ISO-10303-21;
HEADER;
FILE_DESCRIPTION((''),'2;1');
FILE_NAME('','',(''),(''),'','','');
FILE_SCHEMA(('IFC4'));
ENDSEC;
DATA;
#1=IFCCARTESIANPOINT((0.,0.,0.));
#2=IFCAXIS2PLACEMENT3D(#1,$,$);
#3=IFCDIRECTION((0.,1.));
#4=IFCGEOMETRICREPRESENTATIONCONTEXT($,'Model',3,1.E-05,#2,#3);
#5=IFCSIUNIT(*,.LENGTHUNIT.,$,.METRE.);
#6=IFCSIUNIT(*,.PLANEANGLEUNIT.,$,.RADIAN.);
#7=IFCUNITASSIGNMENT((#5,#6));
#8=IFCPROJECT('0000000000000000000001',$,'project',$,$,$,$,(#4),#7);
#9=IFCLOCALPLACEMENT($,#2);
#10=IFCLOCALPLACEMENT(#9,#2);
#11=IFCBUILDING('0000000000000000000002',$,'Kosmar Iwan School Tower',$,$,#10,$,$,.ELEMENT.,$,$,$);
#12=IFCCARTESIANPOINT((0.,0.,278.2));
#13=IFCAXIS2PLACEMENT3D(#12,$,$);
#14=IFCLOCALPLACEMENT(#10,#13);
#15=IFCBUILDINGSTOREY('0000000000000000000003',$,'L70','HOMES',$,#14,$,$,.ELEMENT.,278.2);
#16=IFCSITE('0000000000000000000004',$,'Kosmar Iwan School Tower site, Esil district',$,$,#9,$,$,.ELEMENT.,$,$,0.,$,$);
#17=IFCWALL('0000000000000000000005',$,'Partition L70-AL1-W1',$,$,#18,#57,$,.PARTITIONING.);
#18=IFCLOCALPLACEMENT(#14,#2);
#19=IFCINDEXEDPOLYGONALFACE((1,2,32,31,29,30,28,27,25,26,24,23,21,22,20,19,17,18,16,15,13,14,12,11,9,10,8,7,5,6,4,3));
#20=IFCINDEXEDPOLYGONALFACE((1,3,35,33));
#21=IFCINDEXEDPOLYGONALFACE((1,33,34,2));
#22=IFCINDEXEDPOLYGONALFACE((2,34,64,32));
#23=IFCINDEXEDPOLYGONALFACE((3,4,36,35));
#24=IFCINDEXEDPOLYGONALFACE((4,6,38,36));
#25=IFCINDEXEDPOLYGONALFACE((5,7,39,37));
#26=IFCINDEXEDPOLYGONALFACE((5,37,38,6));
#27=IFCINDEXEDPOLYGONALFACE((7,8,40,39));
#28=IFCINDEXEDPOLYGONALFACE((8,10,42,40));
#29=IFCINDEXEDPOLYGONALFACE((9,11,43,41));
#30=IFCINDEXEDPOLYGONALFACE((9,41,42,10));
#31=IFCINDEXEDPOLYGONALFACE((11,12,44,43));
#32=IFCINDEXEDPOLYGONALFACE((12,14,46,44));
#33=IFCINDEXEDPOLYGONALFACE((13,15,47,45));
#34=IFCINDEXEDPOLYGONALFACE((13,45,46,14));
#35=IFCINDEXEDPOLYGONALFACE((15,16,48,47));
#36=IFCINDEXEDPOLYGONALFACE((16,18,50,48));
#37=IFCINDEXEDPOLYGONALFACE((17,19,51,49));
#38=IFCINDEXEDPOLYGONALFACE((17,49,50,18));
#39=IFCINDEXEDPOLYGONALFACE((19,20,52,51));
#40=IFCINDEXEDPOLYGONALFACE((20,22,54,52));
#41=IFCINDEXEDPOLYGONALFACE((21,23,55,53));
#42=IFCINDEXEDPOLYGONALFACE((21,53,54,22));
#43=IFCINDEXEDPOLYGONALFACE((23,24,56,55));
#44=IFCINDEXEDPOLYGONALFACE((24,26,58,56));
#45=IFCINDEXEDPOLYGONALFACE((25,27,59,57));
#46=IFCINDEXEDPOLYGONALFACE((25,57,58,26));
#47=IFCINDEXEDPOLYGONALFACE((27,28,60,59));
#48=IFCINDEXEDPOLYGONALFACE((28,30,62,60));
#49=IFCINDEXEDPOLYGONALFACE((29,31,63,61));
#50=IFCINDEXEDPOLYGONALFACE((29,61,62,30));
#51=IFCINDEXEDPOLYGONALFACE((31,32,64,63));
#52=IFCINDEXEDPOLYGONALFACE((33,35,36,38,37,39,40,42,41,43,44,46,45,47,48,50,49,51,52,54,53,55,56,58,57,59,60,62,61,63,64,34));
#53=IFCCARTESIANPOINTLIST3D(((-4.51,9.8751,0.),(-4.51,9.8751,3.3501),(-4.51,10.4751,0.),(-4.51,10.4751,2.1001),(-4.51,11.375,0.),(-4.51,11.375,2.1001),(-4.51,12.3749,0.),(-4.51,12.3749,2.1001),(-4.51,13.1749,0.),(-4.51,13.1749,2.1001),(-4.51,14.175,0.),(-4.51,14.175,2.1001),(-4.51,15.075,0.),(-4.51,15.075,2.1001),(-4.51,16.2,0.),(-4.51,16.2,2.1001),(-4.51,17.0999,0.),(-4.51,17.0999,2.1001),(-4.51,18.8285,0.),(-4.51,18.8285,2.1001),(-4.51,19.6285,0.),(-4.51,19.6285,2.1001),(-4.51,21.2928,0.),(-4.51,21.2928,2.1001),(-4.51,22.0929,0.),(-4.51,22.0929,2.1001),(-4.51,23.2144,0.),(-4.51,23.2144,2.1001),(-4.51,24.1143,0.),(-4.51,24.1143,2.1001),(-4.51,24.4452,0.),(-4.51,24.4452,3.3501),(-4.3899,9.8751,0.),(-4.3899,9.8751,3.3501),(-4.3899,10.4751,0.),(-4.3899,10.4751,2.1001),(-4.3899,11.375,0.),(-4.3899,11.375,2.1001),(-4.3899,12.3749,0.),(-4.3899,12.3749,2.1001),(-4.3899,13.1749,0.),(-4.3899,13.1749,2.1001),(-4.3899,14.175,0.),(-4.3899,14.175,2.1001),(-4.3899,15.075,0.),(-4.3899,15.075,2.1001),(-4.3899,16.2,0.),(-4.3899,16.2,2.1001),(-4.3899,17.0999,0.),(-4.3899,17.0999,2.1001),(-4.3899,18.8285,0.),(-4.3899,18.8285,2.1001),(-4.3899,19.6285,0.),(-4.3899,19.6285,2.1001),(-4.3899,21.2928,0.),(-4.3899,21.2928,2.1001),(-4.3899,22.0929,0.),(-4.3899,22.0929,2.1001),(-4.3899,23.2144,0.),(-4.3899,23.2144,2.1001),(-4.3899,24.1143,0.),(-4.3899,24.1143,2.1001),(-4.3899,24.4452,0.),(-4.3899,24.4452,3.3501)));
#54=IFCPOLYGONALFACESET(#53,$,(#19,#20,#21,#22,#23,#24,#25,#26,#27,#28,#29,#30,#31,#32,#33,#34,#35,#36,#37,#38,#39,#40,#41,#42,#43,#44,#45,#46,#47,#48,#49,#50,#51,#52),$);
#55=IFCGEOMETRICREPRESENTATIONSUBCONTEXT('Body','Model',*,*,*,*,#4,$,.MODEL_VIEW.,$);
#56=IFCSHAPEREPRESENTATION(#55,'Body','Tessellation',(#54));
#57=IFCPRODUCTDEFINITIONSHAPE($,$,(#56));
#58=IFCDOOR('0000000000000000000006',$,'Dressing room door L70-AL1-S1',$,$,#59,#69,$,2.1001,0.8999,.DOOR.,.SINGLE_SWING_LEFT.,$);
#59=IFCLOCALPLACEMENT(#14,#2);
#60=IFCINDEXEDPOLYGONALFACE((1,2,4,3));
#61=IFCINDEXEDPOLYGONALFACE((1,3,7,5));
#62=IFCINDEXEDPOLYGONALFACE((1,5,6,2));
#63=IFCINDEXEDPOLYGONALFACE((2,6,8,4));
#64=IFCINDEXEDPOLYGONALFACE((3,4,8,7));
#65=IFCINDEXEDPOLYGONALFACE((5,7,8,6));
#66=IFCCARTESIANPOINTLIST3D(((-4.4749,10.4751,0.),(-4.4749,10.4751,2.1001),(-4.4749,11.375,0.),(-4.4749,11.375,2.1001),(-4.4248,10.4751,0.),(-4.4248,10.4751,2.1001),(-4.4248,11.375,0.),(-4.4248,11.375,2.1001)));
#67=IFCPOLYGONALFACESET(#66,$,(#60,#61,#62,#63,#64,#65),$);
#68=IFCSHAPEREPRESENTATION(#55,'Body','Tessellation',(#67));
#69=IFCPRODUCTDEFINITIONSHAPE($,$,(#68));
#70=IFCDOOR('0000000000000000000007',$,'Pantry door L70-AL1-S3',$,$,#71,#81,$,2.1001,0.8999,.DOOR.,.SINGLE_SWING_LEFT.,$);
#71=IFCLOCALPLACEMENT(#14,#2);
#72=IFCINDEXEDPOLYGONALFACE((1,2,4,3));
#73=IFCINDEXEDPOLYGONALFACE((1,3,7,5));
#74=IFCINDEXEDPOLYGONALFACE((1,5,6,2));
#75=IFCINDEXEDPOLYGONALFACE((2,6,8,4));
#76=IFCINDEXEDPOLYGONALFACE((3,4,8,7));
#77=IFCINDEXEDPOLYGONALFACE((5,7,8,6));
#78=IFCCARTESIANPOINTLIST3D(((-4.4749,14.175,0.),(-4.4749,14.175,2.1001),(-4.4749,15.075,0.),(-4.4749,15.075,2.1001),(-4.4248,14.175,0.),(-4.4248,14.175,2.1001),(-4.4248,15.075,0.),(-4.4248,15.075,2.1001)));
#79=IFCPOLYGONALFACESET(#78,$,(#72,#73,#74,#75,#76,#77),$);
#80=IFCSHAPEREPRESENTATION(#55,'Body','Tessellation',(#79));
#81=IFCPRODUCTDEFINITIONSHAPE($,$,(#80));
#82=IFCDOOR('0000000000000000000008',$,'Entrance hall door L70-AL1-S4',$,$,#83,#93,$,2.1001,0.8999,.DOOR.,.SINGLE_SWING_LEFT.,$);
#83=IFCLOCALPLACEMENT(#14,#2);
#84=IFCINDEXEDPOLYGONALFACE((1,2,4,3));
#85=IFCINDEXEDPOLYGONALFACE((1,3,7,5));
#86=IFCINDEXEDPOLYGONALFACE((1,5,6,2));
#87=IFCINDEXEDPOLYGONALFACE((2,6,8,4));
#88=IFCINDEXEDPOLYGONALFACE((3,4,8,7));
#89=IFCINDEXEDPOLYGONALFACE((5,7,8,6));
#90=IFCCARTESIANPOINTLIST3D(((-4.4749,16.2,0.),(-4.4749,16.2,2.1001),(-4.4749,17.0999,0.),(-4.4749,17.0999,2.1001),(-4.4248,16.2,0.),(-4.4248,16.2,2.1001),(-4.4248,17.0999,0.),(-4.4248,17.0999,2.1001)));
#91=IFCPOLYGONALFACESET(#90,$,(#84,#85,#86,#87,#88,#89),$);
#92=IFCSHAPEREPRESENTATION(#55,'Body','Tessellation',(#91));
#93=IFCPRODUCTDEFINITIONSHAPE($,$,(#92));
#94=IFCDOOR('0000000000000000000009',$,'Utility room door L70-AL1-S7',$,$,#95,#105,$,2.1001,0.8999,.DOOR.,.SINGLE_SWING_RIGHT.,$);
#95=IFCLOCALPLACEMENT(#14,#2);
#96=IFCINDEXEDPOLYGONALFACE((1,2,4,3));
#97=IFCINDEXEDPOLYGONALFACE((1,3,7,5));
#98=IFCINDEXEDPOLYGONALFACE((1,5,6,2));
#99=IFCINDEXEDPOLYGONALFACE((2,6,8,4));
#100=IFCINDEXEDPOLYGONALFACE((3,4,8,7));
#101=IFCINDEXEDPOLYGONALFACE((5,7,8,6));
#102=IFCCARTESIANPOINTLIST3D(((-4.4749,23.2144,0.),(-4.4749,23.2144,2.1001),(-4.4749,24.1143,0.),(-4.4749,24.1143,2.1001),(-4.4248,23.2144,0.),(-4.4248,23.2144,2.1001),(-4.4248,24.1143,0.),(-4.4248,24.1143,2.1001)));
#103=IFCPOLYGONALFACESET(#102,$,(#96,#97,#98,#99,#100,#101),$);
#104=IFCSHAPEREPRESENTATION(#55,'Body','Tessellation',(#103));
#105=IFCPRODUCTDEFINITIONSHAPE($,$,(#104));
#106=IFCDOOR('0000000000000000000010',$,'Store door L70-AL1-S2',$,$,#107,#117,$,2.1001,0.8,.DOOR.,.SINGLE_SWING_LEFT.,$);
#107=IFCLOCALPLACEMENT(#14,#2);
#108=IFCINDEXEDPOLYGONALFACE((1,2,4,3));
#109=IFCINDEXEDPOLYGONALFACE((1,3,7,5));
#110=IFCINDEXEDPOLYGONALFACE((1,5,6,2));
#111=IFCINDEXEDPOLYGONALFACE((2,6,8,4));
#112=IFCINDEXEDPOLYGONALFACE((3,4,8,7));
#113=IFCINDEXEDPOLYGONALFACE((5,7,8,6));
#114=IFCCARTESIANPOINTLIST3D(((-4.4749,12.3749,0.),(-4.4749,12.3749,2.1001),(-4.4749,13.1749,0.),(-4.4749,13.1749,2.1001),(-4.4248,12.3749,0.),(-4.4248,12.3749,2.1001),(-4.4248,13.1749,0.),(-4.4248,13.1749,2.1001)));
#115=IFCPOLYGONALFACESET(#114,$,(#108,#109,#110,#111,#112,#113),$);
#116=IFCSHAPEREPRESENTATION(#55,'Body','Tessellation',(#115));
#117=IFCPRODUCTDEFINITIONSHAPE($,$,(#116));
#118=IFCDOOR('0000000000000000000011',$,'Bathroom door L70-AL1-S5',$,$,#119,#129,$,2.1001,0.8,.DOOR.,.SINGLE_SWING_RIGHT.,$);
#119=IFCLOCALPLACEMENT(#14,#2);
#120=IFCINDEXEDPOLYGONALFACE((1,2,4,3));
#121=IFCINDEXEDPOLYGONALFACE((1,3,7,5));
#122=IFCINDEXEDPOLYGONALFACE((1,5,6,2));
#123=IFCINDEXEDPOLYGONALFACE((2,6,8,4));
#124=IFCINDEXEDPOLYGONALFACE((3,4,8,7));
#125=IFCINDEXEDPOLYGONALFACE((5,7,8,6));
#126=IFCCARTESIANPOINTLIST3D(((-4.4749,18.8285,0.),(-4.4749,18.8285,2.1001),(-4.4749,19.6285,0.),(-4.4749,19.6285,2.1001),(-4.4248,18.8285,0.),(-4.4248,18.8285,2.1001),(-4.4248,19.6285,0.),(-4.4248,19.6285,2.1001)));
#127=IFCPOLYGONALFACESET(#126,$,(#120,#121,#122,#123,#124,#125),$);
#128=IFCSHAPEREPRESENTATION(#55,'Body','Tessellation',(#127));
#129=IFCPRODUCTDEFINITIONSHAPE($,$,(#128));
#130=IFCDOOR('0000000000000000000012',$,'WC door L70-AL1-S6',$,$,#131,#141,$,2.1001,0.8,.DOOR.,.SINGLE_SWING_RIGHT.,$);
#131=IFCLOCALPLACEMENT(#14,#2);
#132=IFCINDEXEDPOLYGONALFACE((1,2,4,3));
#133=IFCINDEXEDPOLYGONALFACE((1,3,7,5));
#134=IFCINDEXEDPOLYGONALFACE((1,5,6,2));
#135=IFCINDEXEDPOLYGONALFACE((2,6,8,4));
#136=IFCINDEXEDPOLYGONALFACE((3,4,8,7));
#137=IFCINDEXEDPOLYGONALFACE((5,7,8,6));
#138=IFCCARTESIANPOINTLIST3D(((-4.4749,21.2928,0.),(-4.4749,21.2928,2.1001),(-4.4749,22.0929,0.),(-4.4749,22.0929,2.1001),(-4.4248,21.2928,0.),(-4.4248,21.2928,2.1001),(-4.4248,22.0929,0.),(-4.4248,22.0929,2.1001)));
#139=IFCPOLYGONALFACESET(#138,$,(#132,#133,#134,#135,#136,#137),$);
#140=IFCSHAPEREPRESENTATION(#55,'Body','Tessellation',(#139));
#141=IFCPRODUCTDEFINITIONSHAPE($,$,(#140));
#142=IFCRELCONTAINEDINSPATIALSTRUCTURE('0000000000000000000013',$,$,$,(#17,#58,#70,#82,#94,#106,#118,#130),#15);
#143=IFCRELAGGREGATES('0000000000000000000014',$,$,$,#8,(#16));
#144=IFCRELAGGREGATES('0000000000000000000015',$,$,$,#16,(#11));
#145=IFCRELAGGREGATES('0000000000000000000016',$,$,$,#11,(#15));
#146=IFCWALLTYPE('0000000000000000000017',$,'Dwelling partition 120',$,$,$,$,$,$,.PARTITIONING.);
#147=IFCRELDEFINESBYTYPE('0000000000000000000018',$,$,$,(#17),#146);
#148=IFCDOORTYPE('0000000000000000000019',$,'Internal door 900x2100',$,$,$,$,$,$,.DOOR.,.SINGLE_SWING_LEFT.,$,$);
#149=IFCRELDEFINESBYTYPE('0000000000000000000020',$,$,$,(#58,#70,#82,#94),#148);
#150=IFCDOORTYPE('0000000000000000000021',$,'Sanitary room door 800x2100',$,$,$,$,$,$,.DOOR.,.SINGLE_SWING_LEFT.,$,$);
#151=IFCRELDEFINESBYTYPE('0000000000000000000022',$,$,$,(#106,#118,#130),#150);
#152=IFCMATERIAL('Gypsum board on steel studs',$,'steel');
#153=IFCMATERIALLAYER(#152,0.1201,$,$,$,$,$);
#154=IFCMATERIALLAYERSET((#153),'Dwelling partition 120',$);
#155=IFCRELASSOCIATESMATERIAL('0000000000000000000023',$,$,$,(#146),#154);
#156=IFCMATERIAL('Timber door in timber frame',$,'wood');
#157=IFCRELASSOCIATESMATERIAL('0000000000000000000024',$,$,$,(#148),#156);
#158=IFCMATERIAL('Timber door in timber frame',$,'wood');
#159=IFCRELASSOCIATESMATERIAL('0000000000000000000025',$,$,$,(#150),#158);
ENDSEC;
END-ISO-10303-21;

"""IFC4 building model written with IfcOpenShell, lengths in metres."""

from ifc_helpers import new_model, si_unit, direction, frame, frame_2d, origin, place, context, subcontext, project, spatial, rectangle, extrude, material, layer, layer_set, type_object, element, fill, save


model = new_model("IFC4")

# Units and contexts
model_context = context("Model", 3, precision=1e-05, world=origin(), true_north=direction((0.0, 1.0)))
body_context = subcontext(model_context, "Body", "Model", "MODEL_VIEW")
ifc_project = project(units=[si_unit("LENGTHUNIT", "METRE"), si_unit("PLANEANGLEUNIT", "RADIAN")], contexts=[model_context])

# Site, building, storey
site_placement = place(None, origin())
site = spatial("IfcSite", under=ifc_project, at=site_placement, Name="Kosmar Iwan School Tower site, Esil district", CompositionType="ELEMENT", RefElevation=0.0)
building_placement = place(site_placement, origin())
building = spatial("IfcBuilding", under=site, at=building_placement, Name="Kosmar Iwan School Tower", CompositionType="ELEMENT")
storey_placement = place(building_placement, frame((0.0, 0.0, 278.2)))
storey = spatial("IfcBuildingStorey", under=building, at=storey_placement, Name="L70", Description="HOMES", CompositionType="ELEMENT", Elevation=278.2)

# Wall, openings, doors
ifc_material_1 = material(Name="Gypsum board on steel studs", Category="steel")
ifc_layer_1 = layer(ifc_material_1, 0.1201)
ifc_layer_set_1 = layer_set([ifc_layer_1], Name="Dwelling partition 120")
wall_type_1 = type_object("IfcWallType", Name="Dwelling partition 120", PredefinedType="PARTITIONING", material=ifc_layer_set_1)
wall_1_placement = place(storey_placement, frame((-4.45, 9.875, 0.0), z_axis=(0.0, 0.0, 1.0), x_axis=(0.0, 1.0, 0.0)))
wall_1 = element("IfcWall", 1, at=wall_1_placement, inside=storey, type_object=wall_type_1, Name="Partition L70-AL1-W1", PredefinedType="PARTITIONING", context=body_context, shape_type="SweptSolid", body=[
    extrude(rectangle(XDim=14.5701, YDim=0.1201, at=frame_2d((7.2852, 0.0))), origin(), (0.0, 0.0, 1.0), 3.3501),
])
opening_1_placement = place(wall_1_placement, frame((0.6001, 0.0, 0.0)))
opening_1 = element("IfcOpeningElement", 2, at=opening_1_placement, cuts=wall_1, PredefinedType="OPENING", context=body_context, shape_type="SweptSolid", body=[
    extrude(rectangle(XDim=0.8999, YDim=2.1001, at=frame_2d((0.45, 1.05))), frame((0.0, 0.072, 0.0), z_axis=(0.0, -1.0, 0.0), x_axis=(1.0, 0.0, 0.0)), (0.0, 0.0, 1.0), 0.144),
])
opening_2_placement = place(wall_1_placement, frame((2.5, 0.0, 0.0)))
opening_2 = element("IfcOpeningElement", 3, at=opening_2_placement, cuts=wall_1, PredefinedType="OPENING", context=body_context, shape_type="SweptSolid", body=[
    extrude(rectangle(XDim=0.8, YDim=2.1001, at=frame_2d((0.3999, 1.05))), frame((0.0, 0.072, 0.0), z_axis=(0.0, -1.0, 0.0), x_axis=(1.0, 0.0, 0.0)), (0.0, 0.0, 1.0), 0.144),
])
opening_3_placement = place(wall_1_placement, frame((4.3, 0.0, 0.0)))
opening_3 = element("IfcOpeningElement", 4, at=opening_3_placement, cuts=wall_1, PredefinedType="OPENING", context=body_context, shape_type="SweptSolid", body=[
    extrude(rectangle(XDim=0.8999, YDim=2.1001, at=frame_2d((0.45, 1.05))), frame((0.0, 0.072, 0.0), z_axis=(0.0, -1.0, 0.0), x_axis=(1.0, 0.0, 0.0)), (0.0, 0.0, 1.0), 0.144),
])
opening_4_placement = place(wall_1_placement, frame((6.325, 0.0, 0.0)))
opening_4 = element("IfcOpeningElement", 5, at=opening_4_placement, cuts=wall_1, PredefinedType="OPENING", context=body_context, shape_type="SweptSolid", body=[
    extrude(rectangle(XDim=0.8999, YDim=2.1001, at=frame_2d((0.45, 1.05))), frame((0.0, 0.072, 0.0), z_axis=(0.0, -1.0, 0.0), x_axis=(1.0, 0.0, 0.0)), (0.0, 0.0, 1.0), 0.144),
])
opening_5_placement = place(wall_1_placement, frame((8.9536, 0.0, 0.0)))
opening_5 = element("IfcOpeningElement", 6, at=opening_5_placement, cuts=wall_1, PredefinedType="OPENING", context=body_context, shape_type="SweptSolid", body=[
    extrude(rectangle(XDim=0.8, YDim=2.1001, at=frame_2d((0.3999, 1.05))), frame((0.0, 0.072, 0.0), z_axis=(0.0, -1.0, 0.0), x_axis=(1.0, 0.0, 0.0)), (0.0, 0.0, 1.0), 0.144),
])
opening_6_placement = place(wall_1_placement, frame((11.418, 0.0, 0.0)))
opening_6 = element("IfcOpeningElement", 7, at=opening_6_placement, cuts=wall_1, PredefinedType="OPENING", context=body_context, shape_type="SweptSolid", body=[
    extrude(rectangle(XDim=0.8, YDim=2.1001, at=frame_2d((0.3999, 1.05))), frame((0.0, 0.072, 0.0), z_axis=(0.0, -1.0, 0.0), x_axis=(1.0, 0.0, 0.0)), (0.0, 0.0, 1.0), 0.144),
])
opening_7_placement = place(wall_1_placement, frame((13.3394, 0.0, 0.0)))
opening_7 = element("IfcOpeningElement", 8, at=opening_7_placement, cuts=wall_1, PredefinedType="OPENING", context=body_context, shape_type="SweptSolid", body=[
    extrude(rectangle(XDim=0.8999, YDim=2.1001, at=frame_2d((0.45, 1.05))), frame((0.0, 0.072, 0.0), z_axis=(0.0, -1.0, 0.0), x_axis=(1.0, 0.0, 0.0)), (0.0, 0.0, 1.0), 0.144),
])
ifc_material_2 = material(Name="Timber door in timber frame", Category="wood")
door_type_1 = type_object("IfcDoorType", Name="Internal door 900x2100", OperationType="SINGLE_SWING_LEFT", PredefinedType="DOOR", material=ifc_material_2)
door_1_placement = place(opening_1_placement, origin())
door_1 = element("IfcDoor", 9, at=door_1_placement, inside=storey, type_object=door_type_1, Name="Dressing room door L70-AL1-S1", OperationType="SINGLE_SWING_LEFT", OverallHeight=2.1001, OverallWidth=0.8999, PredefinedType="DOOR", context=body_context, shape_type="SweptSolid", body=[
    extrude(rectangle(XDim=0.8999, YDim=2.1001, at=frame_2d((0.45, 1.05))), frame((0.0, 0.0249, 0.0), z_axis=(0.0, -1.0, 0.0), x_axis=(1.0, 0.0, 0.0)), (0.0, 0.0, 1.0), 0.05),
])
fill(opening_1, door_1)
door_2_placement = place(opening_3_placement, origin())
door_2 = element("IfcDoor", 10, at=door_2_placement, inside=storey, type_object=door_type_1, Name="Pantry door L70-AL1-S3", OperationType="SINGLE_SWING_LEFT", OverallHeight=2.1001, OverallWidth=0.8999, PredefinedType="DOOR", context=body_context, shape_type="SweptSolid", body=[
    extrude(rectangle(XDim=0.8999, YDim=2.1001, at=frame_2d((0.45, 1.05))), frame((0.0, 0.0249, 0.0), z_axis=(0.0, -1.0, 0.0), x_axis=(1.0, 0.0, 0.0)), (0.0, 0.0, 1.0), 0.05),
])
fill(opening_3, door_2)
door_3_placement = place(opening_4_placement, origin())
door_3 = element("IfcDoor", 11, at=door_3_placement, inside=storey, type_object=door_type_1, Name="Entrance hall door L70-AL1-S4", OperationType="SINGLE_SWING_LEFT", OverallHeight=2.1001, OverallWidth=0.8999, PredefinedType="DOOR", context=body_context, shape_type="SweptSolid", body=[
    extrude(rectangle(XDim=0.8999, YDim=2.1001, at=frame_2d((0.45, 1.05))), frame((0.0, 0.0249, 0.0), z_axis=(0.0, -1.0, 0.0), x_axis=(1.0, 0.0, 0.0)), (0.0, 0.0, 1.0), 0.05),
])
fill(opening_4, door_3)
door_4_placement = place(opening_7_placement, origin())
door_4 = element("IfcDoor", 12, at=door_4_placement, inside=storey, type_object=door_type_1, Name="Utility room door L70-AL1-S7", OperationType="SINGLE_SWING_RIGHT", OverallHeight=2.1001, OverallWidth=0.8999, PredefinedType="DOOR", context=body_context, shape_type="SweptSolid", body=[
    extrude(rectangle(XDim=0.8999, YDim=2.1001, at=frame_2d((0.45, 1.05))), frame((0.0, 0.0249, 0.0), z_axis=(0.0, -1.0, 0.0), x_axis=(1.0, 0.0, 0.0)), (0.0, 0.0, 1.0), 0.05),
])
fill(opening_7, door_4)
ifc_material_3 = material(Name="Timber door in timber frame", Category="wood")
door_type_2 = type_object("IfcDoorType", Name="Sanitary room door 800x2100", OperationType="SINGLE_SWING_LEFT", PredefinedType="DOOR", material=ifc_material_3)
door_5_placement = place(opening_2_placement, origin())
door_5 = element("IfcDoor", 13, at=door_5_placement, inside=storey, type_object=door_type_2, Name="Store door L70-AL1-S2", OperationType="SINGLE_SWING_LEFT", OverallHeight=2.1001, OverallWidth=0.8, PredefinedType="DOOR", context=body_context, shape_type="SweptSolid", body=[
    extrude(rectangle(XDim=0.8, YDim=2.1001, at=frame_2d((0.3999, 1.05))), frame((0.0, 0.0249, 0.0), z_axis=(0.0, -1.0, 0.0), x_axis=(1.0, 0.0, 0.0)), (0.0, 0.0, 1.0), 0.05),
])
fill(opening_2, door_5)
door_6_placement = place(opening_5_placement, origin())
door_6 = element("IfcDoor", 14, at=door_6_placement, inside=storey, type_object=door_type_2, Name="Bathroom door L70-AL1-S5", OperationType="SINGLE_SWING_RIGHT", OverallHeight=2.1001, OverallWidth=0.8, PredefinedType="DOOR", context=body_context, shape_type="SweptSolid", body=[
    extrude(rectangle(XDim=0.8, YDim=2.1001, at=frame_2d((0.3999, 1.05))), frame((0.0, 0.0249, 0.0), z_axis=(0.0, -1.0, 0.0), x_axis=(1.0, 0.0, 0.0)), (0.0, 0.0, 1.0), 0.05),
])
fill(opening_5, door_6)
door_7_placement = place(opening_6_placement, origin())
door_7 = element("IfcDoor", 15, at=door_7_placement, inside=storey, type_object=door_type_2, Name="WC door L70-AL1-S6", OperationType="SINGLE_SWING_RIGHT", OverallHeight=2.1001, OverallWidth=0.8, PredefinedType="DOOR", context=body_context, shape_type="SweptSolid", body=[
    extrude(rectangle(XDim=0.8, YDim=2.1001, at=frame_2d((0.3999, 1.05))), frame((0.0, 0.0249, 0.0), z_axis=(0.0, -1.0, 0.0), x_axis=(1.0, 0.0, 0.0)), (0.0, 0.0, 1.0), 0.05),
])
fill(opening_6, door_7)

save(model, "model.ifc")
